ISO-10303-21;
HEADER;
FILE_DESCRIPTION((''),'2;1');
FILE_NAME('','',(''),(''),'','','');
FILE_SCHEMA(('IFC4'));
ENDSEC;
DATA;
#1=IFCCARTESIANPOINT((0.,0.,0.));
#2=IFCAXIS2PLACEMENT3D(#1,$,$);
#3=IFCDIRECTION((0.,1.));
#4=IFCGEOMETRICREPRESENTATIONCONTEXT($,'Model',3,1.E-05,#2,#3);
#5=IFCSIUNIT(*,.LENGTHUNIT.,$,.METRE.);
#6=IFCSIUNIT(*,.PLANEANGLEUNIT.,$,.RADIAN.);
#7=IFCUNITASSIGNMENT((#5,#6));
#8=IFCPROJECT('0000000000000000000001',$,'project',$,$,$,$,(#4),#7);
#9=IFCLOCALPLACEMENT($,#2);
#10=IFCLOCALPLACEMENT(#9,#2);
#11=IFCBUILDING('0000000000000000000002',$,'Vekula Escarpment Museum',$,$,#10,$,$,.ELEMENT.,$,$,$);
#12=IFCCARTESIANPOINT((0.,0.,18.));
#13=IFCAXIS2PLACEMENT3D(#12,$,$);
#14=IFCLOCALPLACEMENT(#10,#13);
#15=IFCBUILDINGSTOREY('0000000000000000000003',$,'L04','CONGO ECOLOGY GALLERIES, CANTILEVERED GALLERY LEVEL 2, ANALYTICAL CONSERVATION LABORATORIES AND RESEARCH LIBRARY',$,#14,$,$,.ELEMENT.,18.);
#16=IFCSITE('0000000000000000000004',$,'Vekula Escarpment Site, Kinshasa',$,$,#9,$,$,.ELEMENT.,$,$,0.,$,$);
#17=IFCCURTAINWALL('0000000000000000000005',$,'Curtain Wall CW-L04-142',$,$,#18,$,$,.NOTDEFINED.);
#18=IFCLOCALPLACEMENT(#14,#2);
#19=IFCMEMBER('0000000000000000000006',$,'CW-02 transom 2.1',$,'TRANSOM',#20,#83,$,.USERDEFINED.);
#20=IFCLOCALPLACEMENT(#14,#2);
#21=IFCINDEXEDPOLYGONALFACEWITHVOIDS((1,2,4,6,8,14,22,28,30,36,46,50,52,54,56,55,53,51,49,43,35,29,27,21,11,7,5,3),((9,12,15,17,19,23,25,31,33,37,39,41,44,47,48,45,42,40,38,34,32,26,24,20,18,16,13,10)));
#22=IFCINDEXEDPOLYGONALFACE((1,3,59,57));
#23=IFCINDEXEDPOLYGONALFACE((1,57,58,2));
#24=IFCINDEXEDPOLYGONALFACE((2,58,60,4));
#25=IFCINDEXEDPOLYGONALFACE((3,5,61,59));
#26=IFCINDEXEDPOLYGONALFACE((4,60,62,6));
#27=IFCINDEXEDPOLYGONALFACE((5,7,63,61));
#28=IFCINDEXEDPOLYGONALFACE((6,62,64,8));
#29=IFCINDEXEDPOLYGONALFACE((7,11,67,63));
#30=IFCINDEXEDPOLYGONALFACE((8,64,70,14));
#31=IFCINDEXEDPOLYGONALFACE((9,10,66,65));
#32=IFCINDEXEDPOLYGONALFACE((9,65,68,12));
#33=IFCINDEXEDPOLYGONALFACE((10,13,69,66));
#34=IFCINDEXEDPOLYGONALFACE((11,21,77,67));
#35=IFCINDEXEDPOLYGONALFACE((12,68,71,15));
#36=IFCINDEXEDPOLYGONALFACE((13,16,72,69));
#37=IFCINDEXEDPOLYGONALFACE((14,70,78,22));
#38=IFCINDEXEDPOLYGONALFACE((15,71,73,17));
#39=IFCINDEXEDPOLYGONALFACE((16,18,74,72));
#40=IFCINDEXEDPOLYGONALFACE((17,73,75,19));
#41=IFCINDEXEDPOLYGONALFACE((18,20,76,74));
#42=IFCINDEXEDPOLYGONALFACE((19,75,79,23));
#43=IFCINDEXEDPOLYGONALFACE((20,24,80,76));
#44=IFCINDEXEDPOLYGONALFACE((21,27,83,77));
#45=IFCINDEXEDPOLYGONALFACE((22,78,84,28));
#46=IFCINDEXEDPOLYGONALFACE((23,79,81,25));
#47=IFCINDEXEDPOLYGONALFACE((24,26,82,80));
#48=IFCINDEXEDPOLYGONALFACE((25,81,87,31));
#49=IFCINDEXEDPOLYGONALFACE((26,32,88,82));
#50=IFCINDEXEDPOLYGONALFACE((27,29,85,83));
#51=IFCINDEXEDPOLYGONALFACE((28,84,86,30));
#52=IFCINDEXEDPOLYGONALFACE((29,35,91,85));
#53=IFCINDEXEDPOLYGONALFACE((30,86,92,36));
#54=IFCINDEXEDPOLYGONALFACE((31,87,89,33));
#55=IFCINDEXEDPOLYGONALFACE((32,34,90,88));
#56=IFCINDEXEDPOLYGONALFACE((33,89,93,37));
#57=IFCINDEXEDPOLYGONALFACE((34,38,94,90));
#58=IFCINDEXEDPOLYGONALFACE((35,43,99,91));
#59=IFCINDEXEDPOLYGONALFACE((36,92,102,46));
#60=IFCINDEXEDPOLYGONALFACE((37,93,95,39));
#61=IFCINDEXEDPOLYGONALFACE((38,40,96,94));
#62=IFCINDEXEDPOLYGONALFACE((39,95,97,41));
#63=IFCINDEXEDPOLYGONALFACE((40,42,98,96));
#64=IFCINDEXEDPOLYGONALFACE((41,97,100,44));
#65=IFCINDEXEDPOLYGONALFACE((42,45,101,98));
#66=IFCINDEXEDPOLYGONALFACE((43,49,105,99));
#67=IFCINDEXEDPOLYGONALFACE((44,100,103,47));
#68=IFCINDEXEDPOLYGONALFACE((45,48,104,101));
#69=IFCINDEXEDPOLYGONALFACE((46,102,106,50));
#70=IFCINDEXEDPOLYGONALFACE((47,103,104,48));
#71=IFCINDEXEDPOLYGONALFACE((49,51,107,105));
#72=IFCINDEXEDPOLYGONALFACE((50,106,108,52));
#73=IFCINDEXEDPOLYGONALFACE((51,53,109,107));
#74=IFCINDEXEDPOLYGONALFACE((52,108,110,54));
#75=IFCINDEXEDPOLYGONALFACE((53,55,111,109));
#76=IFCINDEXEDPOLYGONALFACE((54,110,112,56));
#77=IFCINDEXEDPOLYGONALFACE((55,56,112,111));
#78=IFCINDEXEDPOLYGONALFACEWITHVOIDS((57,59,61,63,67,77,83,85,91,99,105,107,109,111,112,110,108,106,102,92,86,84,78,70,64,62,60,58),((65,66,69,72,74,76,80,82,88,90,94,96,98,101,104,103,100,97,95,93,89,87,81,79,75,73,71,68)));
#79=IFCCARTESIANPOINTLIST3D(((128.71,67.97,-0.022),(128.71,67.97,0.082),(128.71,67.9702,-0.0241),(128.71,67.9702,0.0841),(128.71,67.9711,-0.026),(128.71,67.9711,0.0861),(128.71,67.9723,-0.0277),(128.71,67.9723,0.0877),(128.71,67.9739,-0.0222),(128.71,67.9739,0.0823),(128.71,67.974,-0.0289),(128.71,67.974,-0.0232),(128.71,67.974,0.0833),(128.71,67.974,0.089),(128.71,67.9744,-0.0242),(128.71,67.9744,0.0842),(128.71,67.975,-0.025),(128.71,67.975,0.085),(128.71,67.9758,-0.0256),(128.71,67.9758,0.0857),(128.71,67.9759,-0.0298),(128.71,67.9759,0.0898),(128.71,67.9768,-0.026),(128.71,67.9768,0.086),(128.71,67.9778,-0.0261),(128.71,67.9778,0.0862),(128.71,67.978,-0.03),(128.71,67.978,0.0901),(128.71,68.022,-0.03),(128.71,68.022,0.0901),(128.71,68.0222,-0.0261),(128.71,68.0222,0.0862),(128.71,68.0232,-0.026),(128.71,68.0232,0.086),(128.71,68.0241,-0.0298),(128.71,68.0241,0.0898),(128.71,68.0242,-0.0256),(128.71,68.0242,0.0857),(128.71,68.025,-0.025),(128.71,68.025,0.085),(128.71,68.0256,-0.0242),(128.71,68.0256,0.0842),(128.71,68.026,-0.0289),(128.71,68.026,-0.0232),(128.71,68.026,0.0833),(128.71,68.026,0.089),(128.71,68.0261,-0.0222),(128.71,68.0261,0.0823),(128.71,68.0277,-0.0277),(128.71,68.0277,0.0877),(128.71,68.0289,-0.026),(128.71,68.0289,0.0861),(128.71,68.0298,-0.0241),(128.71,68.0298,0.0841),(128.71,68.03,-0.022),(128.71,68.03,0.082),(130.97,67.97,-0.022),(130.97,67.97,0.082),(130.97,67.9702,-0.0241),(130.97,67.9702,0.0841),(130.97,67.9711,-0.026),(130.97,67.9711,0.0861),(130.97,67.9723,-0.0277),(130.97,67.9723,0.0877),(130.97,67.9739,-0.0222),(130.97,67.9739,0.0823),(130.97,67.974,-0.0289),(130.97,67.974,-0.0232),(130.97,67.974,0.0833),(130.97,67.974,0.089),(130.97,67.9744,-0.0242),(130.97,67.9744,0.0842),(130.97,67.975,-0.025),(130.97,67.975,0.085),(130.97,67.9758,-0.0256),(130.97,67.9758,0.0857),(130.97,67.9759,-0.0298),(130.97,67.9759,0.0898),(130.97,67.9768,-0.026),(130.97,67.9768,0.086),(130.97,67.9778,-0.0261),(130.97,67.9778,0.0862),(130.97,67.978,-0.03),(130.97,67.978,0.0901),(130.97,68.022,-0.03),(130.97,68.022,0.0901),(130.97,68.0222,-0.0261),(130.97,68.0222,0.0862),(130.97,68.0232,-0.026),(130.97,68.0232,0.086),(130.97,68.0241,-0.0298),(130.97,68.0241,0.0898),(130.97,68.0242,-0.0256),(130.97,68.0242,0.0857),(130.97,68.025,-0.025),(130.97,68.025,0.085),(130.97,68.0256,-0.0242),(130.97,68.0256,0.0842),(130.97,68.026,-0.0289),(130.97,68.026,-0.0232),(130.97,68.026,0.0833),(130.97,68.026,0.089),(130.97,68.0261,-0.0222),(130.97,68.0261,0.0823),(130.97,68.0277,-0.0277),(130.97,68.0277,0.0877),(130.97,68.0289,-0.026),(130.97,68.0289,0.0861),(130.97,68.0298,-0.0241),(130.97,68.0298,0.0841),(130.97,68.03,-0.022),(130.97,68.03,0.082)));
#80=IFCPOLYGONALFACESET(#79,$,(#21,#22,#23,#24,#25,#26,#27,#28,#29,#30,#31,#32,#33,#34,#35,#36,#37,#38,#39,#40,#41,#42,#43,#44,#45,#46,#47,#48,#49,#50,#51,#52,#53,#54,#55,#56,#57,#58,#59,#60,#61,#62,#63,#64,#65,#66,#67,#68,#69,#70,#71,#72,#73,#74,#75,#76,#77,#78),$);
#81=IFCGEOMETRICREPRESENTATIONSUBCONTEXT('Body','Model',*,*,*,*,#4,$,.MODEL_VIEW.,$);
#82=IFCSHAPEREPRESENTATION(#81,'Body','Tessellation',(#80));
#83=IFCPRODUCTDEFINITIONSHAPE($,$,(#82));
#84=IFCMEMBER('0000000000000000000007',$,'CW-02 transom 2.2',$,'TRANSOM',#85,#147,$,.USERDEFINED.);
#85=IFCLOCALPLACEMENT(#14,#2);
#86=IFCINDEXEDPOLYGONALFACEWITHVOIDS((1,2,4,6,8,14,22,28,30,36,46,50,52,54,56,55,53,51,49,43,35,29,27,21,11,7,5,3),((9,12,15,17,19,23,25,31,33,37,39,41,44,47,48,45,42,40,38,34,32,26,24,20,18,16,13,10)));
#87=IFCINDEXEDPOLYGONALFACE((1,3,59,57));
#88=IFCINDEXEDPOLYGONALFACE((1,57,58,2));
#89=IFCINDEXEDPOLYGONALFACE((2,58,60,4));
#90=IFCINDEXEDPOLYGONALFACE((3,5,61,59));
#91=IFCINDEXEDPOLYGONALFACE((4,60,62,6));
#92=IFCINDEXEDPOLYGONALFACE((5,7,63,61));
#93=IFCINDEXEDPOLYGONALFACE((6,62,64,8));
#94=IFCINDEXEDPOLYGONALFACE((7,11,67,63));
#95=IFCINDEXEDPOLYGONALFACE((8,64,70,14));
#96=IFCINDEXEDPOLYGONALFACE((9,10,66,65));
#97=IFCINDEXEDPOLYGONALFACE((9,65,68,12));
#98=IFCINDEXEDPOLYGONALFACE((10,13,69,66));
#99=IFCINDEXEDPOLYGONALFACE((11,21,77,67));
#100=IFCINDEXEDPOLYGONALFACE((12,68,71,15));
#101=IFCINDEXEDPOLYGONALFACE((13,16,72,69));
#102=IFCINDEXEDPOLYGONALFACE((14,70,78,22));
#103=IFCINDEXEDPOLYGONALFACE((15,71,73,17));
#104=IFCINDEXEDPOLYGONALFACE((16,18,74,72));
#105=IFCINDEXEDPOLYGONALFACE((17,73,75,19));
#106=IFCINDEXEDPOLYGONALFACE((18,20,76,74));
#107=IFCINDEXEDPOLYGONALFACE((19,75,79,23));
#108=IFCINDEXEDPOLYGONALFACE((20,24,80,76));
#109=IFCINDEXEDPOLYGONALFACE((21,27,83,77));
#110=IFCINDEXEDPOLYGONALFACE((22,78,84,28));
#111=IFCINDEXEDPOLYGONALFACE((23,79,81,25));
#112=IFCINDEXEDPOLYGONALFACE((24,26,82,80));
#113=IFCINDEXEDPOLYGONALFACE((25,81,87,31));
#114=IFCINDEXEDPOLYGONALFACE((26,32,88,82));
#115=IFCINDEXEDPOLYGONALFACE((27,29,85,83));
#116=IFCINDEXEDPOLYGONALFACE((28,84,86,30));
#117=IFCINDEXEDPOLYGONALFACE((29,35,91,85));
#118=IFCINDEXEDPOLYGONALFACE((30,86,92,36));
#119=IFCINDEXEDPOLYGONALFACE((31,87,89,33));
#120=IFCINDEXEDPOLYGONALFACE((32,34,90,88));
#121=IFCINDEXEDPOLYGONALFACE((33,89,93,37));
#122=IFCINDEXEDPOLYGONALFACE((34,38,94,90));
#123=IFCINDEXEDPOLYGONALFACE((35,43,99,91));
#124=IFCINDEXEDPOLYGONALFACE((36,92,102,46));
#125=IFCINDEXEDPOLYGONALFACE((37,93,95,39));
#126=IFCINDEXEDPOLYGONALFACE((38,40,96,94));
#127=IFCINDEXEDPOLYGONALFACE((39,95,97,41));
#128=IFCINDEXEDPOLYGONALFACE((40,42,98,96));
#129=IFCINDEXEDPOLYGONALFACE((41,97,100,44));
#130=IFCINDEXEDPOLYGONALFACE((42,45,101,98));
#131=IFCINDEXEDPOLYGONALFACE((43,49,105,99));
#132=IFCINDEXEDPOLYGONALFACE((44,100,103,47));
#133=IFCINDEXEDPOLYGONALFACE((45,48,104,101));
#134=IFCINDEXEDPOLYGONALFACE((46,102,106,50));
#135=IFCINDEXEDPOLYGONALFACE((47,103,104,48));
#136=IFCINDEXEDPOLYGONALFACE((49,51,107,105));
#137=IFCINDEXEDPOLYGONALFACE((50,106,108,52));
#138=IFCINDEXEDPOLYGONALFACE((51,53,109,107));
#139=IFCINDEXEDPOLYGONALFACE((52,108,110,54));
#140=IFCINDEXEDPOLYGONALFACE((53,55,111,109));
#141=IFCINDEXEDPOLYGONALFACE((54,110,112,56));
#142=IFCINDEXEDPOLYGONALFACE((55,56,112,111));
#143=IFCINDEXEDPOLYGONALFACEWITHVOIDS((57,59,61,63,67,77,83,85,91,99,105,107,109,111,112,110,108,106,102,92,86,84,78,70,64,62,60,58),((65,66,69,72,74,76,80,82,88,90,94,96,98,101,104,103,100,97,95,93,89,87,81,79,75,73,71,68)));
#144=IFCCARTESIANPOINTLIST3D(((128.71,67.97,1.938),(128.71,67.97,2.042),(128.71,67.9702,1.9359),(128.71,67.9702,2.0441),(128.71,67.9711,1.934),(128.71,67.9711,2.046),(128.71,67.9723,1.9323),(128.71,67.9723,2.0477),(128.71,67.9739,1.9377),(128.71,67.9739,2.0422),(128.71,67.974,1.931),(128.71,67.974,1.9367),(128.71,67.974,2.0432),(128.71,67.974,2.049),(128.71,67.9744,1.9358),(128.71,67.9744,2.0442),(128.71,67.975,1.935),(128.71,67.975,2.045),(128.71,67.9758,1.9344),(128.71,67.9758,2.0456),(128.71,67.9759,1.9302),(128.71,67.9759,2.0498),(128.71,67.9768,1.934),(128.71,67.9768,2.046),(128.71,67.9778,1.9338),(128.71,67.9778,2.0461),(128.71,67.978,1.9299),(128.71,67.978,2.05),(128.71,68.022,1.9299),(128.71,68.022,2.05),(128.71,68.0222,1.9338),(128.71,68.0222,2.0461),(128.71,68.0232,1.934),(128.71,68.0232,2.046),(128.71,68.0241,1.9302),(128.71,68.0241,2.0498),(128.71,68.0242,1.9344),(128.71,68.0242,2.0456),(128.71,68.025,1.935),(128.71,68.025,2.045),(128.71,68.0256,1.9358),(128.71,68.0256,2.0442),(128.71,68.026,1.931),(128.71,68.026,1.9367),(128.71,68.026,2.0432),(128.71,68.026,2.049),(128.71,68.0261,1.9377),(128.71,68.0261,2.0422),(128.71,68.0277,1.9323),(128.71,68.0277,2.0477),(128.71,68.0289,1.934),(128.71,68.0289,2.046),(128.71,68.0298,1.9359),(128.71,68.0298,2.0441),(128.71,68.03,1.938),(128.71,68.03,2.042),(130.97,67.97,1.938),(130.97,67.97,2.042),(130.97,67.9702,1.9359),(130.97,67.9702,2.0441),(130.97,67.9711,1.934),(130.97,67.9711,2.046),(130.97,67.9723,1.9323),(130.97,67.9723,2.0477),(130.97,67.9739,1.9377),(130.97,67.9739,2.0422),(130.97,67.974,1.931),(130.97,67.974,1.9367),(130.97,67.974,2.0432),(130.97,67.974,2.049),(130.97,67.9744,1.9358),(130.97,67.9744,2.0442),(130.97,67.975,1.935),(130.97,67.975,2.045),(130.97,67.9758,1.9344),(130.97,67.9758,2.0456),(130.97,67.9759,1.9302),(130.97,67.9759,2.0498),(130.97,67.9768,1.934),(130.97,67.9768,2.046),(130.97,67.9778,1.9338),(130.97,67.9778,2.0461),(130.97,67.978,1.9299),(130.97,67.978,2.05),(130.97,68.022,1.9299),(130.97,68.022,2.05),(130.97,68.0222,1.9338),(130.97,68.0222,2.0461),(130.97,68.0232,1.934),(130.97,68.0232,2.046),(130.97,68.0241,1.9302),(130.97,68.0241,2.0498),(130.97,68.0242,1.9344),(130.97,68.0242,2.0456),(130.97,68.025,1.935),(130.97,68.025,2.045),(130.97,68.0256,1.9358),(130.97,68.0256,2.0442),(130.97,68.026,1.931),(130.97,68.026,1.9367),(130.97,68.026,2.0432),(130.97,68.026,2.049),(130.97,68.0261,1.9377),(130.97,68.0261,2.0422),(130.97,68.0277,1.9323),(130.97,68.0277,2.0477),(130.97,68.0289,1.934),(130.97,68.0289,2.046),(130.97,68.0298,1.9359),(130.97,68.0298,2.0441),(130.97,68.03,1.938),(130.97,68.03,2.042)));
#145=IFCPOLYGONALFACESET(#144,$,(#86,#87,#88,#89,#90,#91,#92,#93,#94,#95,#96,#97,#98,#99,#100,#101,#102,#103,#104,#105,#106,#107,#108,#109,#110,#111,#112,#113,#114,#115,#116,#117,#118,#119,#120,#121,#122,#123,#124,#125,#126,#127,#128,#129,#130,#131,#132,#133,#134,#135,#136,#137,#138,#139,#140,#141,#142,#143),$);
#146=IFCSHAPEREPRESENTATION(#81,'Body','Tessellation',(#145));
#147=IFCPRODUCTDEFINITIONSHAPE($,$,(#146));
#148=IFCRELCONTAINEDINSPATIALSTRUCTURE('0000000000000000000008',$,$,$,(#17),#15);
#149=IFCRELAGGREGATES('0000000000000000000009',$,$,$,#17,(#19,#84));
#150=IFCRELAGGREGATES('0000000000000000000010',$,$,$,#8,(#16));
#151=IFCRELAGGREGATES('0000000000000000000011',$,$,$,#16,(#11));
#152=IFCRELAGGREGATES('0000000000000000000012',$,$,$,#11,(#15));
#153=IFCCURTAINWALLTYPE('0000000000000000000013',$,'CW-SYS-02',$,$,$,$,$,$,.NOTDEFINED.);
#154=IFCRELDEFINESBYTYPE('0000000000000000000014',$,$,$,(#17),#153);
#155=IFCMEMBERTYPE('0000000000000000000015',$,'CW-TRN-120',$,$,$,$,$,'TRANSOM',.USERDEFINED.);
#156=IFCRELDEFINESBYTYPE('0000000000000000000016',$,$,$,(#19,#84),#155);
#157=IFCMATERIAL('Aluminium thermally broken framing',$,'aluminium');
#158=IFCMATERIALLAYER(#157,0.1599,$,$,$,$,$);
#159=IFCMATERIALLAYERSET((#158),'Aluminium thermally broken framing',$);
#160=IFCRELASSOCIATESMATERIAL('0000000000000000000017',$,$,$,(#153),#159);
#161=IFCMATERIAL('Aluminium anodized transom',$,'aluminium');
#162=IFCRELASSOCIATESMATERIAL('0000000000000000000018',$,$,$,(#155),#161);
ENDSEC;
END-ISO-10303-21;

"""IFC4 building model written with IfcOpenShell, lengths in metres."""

from ifc_helpers import new_model, si_unit, direction, frame, origin, origin_2d, place, context, subcontext, project, spatial, hollow_rectangle, extrude, material, layer, layer_set, material_profile, profile_set, type_object, element, aggregate, save


model = new_model("IFC4")

# Units and contexts
model_context = context("Model", 3, precision=1e-05, world=origin(), true_north=direction((0.0, 1.0)))
body_context = subcontext(model_context, "Body", "Model", "MODEL_VIEW")
ifc_project = project(units=[si_unit("LENGTHUNIT", "METRE"), si_unit("PLANEANGLEUNIT", "RADIAN")], contexts=[model_context])

# Site, building, storey
site_placement = place(None, origin())
site = spatial("IfcSite", under=ifc_project, at=site_placement, Name="Vekula Escarpment Site, Kinshasa", CompositionType="ELEMENT", RefElevation=0.0)
building_placement = place(site_placement, origin())
building = spatial("IfcBuilding", under=site, at=building_placement, Name="Vekula Escarpment Museum", CompositionType="ELEMENT")
storey_placement = place(building_placement, frame((0.0, 0.0, 18.0)))
storey = spatial("IfcBuildingStorey", under=building, at=storey_placement, Name="L04", Description="CONGO ECOLOGY GALLERIES, CANTILEVERED GALLERY LEVEL 2, ANALYTICAL CONSERVATION LABORATORIES AND RESEARCH LIBRARY", CompositionType="ELEMENT", Elevation=18.0)

# Curtain wall, members
ifc_material_1 = material(Name="Aluminium thermally broken framing", Category="aluminium")
ifc_layer_1 = layer(ifc_material_1, 0.1599)
ifc_layer_set_1 = layer_set([ifc_layer_1], Name="Aluminium thermally broken framing")
curtain_wall_type = type_object("IfcCurtainWallType", Name="CW-SYS-02", PredefinedType="NOTDEFINED", material=ifc_layer_set_1)
curtain_wall_placement = place(storey_placement, origin())
curtain_wall = element("IfcCurtainWall", 1, at=curtain_wall_placement, inside=storey, type_object=curtain_wall_type, Name="Curtain Wall CW-L04-142", PredefinedType="NOTDEFINED")
ifc_material_2 = material(Name="Aluminium anodized transom", Category="aluminium")
ifc_material_profile_1 = material_profile(ifc_material_2, hollow_rectangle(XDim=0.0601, YDim=0.1201, WallThickness=0.0039, InnerFilletRadius=0.0039, OuterFilletRadius=0.0081, at=origin_2d()), Name="ALU 120x60x4")
ifc_profile_set_1 = profile_set([ifc_material_profile_1], Name="Aluminium anodized transom")
member_type_1 = type_object("IfcMemberType", Name="CW-TRN-120", ElementType="TRANSOM", PredefinedType="USERDEFINED", material=ifc_profile_set_1)
member_1_placement = place(storey_placement, frame((128.71, 68.0, 0.03), z_axis=(1.0, 0.0, 0.0), x_axis=(0.0, 1.0, 0.0)))
member_1 = element("IfcMember", 2, at=member_1_placement, type_object=member_type_1, Name="CW-02 transom 2.1", ObjectType="TRANSOM", PredefinedType="USERDEFINED", context=body_context, shape_type="SweptSolid", body=[
    extrude(hollow_rectangle(XDim=0.0601, YDim=0.1201, WallThickness=0.0039, InnerFilletRadius=0.0039, OuterFilletRadius=0.0081, at=origin_2d()), origin(), (0.0, 0.0, 1.0), 2.26),
])
member_2_placement = place(storey_placement, frame((128.71, 68.0, 1.99), z_axis=(1.0, 0.0, 0.0), x_axis=(0.0, 1.0, 0.0)))
member_2 = element("IfcMember", 3, at=member_2_placement, type_object=member_type_1, Name="CW-02 transom 2.2", ObjectType="TRANSOM", PredefinedType="USERDEFINED", context=body_context, shape_type="SweptSolid", body=[
    extrude(hollow_rectangle(XDim=0.0601, YDim=0.1201, WallThickness=0.0039, InnerFilletRadius=0.0039, OuterFilletRadius=0.0081, at=origin_2d()), origin(), (0.0, 0.0, 1.0), 2.26),
])

aggregate(curtain_wall, [member_1, member_2])

save(model, "model.ifc")
